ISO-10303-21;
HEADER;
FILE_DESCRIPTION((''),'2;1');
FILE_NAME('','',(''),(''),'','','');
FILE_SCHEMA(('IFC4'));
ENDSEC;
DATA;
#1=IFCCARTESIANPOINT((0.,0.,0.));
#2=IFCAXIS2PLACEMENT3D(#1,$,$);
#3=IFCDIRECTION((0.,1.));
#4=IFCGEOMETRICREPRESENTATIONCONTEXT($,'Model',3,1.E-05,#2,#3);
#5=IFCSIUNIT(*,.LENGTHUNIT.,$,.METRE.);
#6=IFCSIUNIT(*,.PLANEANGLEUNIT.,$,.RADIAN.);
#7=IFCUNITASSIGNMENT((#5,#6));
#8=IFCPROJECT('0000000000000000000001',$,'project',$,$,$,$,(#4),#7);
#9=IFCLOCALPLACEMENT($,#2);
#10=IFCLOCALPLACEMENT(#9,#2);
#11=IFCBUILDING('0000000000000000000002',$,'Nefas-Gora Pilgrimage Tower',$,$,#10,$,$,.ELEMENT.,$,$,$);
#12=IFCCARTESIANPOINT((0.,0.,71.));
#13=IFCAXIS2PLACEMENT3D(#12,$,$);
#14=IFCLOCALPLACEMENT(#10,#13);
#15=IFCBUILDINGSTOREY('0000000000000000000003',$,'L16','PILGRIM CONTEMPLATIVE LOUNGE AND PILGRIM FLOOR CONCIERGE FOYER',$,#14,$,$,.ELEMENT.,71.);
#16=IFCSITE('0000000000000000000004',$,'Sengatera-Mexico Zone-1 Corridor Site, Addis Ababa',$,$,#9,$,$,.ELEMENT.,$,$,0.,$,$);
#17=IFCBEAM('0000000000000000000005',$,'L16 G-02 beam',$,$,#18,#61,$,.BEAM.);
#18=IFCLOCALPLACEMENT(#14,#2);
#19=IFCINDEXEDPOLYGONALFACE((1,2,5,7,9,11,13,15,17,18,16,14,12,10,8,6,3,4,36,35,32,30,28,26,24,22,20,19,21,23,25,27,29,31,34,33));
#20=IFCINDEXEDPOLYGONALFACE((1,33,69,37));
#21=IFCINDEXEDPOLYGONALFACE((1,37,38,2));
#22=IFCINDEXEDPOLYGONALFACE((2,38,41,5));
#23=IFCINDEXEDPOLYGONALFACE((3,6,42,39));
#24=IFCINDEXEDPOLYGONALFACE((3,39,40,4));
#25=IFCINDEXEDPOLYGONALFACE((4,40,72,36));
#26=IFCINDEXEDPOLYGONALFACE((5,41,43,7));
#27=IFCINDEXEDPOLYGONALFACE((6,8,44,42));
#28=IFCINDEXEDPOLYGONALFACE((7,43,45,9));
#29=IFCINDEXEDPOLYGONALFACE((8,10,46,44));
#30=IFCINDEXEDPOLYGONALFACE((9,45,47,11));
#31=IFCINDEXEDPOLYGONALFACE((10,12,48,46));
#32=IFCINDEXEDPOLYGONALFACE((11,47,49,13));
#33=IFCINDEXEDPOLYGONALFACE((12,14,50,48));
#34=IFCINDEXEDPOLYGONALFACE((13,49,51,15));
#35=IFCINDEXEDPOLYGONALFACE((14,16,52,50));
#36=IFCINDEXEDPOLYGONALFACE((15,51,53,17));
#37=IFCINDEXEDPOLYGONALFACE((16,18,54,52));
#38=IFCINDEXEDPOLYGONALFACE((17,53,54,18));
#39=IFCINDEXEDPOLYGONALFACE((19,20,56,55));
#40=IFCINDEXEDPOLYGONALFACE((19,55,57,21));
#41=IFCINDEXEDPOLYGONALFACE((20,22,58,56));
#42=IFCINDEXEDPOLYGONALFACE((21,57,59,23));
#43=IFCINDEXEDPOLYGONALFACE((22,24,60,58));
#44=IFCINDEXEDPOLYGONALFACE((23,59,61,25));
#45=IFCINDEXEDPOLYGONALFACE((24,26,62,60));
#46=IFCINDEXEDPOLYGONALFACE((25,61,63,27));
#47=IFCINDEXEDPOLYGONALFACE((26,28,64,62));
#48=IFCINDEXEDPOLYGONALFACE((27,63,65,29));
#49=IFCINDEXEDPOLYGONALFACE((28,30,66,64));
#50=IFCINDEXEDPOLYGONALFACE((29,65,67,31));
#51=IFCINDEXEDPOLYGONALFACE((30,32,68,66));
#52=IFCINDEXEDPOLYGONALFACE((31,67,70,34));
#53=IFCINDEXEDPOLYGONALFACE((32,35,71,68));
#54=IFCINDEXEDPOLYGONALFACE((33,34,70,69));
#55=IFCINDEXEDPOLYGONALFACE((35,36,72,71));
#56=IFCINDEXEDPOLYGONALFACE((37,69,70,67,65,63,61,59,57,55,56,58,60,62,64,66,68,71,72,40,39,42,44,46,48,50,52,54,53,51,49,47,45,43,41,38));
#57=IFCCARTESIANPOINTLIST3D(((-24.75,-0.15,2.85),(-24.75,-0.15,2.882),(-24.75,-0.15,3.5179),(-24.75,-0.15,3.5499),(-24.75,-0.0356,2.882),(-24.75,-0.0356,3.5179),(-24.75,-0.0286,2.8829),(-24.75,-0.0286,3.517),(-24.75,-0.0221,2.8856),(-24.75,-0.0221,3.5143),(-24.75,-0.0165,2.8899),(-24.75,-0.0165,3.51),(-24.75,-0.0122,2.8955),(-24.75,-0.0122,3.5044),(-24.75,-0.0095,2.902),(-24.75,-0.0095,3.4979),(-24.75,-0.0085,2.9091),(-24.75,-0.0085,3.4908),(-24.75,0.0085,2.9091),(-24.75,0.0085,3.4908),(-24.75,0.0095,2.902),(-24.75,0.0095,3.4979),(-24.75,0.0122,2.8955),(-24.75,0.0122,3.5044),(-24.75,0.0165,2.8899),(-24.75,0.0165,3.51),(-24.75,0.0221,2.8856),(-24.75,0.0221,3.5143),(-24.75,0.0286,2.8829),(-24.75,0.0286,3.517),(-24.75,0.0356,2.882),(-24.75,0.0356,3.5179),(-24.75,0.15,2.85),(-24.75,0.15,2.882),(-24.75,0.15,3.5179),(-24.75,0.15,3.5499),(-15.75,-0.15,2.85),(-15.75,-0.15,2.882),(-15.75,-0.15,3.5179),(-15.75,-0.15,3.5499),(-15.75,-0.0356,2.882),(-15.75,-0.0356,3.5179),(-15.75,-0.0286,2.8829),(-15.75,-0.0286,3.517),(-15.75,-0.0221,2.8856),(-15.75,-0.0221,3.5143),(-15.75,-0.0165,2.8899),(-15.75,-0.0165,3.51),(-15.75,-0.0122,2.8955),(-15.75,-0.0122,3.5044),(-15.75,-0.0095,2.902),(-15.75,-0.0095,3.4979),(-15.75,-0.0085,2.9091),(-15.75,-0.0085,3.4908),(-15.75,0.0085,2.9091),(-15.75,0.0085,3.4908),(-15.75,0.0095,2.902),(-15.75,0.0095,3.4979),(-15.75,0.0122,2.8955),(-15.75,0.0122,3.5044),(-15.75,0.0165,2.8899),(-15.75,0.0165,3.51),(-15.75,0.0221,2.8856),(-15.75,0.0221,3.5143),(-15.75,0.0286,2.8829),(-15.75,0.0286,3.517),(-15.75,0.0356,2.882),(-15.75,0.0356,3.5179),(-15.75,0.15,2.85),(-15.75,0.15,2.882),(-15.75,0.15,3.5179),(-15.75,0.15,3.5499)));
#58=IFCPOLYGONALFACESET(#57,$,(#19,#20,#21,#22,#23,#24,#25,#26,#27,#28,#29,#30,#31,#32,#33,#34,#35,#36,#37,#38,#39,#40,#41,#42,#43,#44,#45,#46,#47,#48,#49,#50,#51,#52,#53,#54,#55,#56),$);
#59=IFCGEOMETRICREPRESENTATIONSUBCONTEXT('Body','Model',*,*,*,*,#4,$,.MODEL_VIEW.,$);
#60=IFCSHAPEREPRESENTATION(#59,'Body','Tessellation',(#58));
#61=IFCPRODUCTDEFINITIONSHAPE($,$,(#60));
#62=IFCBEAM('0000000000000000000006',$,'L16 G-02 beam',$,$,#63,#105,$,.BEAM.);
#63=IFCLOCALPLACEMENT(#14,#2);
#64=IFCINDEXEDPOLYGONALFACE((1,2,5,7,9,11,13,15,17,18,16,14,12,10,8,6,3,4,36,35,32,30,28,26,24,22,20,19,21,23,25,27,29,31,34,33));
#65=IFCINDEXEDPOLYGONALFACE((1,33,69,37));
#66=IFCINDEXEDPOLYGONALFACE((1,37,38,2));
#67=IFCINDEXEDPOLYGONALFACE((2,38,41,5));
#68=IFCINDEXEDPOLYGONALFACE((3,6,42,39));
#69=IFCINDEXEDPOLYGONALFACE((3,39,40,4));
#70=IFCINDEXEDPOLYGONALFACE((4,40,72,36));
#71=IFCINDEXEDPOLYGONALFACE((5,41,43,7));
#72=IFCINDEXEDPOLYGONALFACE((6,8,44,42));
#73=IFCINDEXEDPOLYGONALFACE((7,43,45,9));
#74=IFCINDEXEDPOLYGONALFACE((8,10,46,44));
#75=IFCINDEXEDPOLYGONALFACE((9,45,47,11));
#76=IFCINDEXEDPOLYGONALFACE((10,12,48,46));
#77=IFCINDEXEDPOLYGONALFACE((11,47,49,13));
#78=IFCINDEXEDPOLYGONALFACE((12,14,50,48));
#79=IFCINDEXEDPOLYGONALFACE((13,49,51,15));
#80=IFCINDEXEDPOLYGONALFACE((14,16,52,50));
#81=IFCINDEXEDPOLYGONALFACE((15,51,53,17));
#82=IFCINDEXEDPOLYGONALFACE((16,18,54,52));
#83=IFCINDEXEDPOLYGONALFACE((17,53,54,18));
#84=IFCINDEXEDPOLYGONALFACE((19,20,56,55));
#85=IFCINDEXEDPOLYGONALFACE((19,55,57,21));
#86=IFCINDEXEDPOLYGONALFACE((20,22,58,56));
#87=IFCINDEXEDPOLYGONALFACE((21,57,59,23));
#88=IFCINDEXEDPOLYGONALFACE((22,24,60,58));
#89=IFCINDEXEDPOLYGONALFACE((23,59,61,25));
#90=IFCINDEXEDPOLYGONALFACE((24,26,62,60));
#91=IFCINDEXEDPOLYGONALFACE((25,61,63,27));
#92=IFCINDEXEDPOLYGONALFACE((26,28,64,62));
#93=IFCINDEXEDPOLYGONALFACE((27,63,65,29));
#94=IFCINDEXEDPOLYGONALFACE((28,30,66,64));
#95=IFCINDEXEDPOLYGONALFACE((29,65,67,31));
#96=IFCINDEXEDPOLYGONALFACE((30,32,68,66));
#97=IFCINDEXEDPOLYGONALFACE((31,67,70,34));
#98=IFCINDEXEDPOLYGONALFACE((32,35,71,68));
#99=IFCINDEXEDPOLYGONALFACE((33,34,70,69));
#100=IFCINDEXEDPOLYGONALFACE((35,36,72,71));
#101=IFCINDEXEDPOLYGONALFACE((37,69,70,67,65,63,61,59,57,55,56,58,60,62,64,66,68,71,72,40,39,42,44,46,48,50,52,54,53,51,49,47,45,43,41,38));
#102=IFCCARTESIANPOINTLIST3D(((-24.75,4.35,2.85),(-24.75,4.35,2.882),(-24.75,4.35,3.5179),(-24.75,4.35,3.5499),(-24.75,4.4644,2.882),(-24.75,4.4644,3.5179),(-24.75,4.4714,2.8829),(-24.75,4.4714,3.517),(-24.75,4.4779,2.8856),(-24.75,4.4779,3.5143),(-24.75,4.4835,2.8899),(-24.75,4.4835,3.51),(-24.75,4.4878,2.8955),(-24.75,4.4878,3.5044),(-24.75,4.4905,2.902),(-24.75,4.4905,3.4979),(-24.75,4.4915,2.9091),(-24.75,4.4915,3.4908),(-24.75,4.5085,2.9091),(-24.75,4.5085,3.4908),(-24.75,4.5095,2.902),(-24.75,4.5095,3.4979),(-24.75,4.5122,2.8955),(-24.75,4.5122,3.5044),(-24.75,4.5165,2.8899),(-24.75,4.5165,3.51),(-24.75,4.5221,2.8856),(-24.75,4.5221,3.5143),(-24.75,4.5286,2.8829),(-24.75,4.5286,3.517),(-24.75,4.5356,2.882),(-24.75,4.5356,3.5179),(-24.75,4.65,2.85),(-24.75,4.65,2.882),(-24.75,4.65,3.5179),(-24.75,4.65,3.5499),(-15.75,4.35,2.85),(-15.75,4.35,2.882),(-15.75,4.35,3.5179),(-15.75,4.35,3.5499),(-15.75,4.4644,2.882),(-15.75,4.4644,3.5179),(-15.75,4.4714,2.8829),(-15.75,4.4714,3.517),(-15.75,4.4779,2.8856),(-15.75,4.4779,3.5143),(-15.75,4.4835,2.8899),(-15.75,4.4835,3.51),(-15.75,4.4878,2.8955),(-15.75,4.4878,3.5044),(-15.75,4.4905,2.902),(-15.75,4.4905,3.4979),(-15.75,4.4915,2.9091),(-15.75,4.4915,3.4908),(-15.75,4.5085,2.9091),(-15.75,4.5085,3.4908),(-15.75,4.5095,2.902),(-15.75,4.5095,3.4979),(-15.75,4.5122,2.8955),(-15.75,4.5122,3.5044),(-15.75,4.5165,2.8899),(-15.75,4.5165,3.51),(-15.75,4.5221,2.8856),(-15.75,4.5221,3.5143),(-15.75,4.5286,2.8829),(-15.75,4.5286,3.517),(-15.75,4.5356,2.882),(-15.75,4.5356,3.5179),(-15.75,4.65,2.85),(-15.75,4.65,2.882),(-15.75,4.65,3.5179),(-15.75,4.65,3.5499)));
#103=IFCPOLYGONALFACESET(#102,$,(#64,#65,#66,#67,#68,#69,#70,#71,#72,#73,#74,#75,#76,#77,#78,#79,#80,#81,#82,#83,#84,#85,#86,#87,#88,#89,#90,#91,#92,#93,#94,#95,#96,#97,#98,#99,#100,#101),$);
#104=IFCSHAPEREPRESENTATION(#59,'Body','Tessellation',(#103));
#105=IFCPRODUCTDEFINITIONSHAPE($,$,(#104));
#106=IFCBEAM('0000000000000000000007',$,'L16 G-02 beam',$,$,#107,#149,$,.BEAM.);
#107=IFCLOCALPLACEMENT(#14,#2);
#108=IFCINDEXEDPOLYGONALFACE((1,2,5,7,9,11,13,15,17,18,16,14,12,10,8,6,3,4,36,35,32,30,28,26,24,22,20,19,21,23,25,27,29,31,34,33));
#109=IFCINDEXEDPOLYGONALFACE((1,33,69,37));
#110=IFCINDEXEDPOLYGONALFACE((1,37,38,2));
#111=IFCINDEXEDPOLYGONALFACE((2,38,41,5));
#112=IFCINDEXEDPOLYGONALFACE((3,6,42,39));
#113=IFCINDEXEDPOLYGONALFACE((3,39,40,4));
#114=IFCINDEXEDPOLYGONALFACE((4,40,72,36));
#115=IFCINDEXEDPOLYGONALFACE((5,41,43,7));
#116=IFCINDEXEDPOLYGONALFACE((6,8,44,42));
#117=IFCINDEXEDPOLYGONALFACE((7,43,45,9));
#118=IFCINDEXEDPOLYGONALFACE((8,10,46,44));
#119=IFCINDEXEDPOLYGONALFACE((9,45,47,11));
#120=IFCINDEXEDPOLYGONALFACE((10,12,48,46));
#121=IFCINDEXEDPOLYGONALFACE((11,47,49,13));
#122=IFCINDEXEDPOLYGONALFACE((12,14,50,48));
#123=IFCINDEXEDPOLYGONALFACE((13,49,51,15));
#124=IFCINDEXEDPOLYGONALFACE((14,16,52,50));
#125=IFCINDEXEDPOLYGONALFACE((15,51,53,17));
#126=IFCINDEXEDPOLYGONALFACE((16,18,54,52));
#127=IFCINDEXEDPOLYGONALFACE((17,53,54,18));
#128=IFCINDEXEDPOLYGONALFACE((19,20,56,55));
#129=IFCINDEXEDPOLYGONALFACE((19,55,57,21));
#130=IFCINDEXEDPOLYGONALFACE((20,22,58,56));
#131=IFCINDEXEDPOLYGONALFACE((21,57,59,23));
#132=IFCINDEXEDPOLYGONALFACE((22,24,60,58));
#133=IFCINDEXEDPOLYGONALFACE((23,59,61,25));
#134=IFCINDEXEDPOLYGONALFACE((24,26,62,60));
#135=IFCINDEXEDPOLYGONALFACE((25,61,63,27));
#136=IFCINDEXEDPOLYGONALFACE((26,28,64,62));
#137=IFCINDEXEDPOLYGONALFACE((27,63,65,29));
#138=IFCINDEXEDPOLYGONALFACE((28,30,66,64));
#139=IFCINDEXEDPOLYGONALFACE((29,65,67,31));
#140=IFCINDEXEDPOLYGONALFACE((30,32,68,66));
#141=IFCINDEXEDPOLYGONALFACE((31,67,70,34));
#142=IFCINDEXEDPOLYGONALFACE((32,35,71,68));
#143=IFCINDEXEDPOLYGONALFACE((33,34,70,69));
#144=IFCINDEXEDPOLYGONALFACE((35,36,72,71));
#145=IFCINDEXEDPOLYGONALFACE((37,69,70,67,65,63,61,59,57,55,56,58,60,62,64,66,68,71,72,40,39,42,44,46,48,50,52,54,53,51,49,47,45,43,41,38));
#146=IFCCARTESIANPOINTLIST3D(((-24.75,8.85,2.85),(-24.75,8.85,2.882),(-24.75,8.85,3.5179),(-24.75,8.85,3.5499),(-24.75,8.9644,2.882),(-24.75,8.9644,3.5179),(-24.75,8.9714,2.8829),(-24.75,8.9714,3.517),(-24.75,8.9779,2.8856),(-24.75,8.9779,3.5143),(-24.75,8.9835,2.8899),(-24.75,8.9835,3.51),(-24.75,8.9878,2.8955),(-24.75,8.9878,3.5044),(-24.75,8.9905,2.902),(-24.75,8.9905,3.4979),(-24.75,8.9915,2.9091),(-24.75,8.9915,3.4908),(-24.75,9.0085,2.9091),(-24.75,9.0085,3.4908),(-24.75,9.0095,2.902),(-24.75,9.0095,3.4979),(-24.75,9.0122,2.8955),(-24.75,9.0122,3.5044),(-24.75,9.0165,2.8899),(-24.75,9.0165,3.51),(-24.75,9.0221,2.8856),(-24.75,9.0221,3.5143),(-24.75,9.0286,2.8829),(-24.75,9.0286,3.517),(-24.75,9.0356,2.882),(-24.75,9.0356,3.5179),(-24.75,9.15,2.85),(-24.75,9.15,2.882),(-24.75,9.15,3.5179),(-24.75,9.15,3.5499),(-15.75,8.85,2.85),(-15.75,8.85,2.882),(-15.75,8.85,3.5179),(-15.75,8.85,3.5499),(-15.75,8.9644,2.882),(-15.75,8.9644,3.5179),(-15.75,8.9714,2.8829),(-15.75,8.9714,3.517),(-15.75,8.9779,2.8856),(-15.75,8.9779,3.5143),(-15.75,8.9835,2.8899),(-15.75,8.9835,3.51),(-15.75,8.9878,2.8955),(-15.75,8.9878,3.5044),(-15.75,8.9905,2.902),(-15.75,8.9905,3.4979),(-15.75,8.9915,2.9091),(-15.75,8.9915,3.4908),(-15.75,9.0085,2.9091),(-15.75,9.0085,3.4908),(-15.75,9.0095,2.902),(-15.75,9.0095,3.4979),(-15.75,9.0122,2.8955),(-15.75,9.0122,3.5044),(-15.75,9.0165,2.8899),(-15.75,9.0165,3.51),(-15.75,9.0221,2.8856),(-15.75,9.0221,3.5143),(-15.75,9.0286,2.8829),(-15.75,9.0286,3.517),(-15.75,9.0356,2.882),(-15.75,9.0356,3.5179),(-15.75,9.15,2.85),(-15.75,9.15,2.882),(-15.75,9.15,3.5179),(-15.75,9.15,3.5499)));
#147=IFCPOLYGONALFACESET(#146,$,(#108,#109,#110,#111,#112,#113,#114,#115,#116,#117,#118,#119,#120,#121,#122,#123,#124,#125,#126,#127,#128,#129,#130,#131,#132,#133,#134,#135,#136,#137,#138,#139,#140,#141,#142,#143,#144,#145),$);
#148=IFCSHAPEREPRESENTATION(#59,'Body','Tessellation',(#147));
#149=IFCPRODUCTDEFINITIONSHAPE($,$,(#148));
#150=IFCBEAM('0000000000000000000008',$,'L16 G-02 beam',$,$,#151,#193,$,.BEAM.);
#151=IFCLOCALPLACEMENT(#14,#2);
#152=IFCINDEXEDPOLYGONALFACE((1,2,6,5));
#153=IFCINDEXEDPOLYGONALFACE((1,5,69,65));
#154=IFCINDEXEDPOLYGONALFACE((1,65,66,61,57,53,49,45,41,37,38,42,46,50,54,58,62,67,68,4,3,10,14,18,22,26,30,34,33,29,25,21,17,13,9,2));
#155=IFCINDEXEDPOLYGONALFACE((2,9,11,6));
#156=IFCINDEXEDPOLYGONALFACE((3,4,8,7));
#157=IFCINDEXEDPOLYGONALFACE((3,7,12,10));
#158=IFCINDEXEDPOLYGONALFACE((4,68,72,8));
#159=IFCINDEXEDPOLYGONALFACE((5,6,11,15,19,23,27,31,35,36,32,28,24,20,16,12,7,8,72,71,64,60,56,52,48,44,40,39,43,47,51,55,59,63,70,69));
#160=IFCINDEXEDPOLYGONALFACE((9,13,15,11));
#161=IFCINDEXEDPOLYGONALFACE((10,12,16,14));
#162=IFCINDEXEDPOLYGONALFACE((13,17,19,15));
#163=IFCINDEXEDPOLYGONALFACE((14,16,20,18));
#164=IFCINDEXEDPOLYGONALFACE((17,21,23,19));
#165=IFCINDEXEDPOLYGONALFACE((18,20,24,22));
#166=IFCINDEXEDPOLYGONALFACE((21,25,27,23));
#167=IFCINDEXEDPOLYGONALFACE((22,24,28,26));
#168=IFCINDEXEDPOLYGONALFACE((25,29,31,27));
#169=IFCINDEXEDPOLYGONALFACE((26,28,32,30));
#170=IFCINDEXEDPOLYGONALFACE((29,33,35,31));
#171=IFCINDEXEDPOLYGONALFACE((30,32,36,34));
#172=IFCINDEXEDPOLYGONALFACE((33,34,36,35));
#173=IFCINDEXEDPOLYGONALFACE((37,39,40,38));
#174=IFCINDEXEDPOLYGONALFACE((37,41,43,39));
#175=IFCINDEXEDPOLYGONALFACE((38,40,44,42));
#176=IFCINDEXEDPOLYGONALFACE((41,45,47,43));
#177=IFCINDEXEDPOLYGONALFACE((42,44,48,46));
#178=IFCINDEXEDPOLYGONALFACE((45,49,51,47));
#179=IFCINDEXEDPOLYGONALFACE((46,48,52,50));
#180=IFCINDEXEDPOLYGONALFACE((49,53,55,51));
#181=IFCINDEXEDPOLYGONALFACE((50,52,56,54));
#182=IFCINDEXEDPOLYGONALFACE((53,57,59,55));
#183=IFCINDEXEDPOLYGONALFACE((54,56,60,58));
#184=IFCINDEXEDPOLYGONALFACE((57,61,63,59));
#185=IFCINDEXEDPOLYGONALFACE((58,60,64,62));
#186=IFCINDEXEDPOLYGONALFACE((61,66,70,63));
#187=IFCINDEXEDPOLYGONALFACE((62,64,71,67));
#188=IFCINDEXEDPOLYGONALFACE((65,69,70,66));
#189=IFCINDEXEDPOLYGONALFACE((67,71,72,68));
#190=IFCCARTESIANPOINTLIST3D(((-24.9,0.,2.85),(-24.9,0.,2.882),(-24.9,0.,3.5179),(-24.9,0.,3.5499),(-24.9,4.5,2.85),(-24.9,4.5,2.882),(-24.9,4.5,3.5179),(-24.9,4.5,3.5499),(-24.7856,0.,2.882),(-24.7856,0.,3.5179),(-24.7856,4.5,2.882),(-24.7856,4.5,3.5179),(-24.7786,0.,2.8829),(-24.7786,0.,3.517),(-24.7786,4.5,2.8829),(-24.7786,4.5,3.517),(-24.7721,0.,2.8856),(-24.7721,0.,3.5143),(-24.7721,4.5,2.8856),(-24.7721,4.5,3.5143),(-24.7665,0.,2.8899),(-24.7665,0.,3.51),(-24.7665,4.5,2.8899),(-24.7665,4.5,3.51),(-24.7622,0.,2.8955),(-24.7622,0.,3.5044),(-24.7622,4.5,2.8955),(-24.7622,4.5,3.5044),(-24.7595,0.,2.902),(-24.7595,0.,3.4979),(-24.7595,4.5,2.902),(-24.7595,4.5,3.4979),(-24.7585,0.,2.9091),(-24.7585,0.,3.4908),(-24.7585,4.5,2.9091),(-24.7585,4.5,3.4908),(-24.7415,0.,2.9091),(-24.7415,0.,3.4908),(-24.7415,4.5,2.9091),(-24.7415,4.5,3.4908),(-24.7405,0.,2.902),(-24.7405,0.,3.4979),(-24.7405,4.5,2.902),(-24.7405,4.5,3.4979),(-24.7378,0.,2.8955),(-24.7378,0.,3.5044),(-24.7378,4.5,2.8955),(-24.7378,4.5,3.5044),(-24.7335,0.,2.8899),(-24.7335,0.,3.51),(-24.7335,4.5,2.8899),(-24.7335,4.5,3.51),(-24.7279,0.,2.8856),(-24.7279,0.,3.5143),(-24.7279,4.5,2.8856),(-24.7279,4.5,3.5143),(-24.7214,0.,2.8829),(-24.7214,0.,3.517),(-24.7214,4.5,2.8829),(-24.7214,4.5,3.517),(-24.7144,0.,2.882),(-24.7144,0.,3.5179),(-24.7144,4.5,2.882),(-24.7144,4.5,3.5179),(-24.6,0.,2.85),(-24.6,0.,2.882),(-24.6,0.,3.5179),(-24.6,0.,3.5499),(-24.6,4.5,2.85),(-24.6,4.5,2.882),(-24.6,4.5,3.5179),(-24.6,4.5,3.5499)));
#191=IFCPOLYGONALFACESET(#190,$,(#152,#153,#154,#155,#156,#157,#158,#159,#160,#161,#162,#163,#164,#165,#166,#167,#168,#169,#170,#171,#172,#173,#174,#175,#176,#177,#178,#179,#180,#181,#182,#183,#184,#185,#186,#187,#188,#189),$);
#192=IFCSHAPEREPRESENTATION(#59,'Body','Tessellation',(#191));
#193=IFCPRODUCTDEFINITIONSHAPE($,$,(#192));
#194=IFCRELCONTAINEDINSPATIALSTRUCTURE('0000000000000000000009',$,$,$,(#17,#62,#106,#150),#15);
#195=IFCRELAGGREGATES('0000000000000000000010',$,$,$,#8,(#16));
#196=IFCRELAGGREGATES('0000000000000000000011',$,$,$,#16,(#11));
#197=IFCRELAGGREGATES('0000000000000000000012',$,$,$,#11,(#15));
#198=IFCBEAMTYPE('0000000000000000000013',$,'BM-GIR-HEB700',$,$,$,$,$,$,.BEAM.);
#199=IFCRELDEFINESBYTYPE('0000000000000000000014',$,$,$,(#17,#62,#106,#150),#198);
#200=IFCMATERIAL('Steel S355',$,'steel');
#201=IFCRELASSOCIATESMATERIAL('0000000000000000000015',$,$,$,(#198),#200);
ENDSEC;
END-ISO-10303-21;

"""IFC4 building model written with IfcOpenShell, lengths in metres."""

from ifc_helpers import new_model, si_unit, direction, frame, origin, origin_2d, place, context, subcontext, project, spatial, i_section, extrude, source, transform, mapped, material, material_profile, profile_set, type_object, element, save


model = new_model("IFC4")

# Units and contexts
model_context = context("Model", 3, precision=1e-05, world=origin(), true_north=direction((0.0, 1.0)))
body_context = subcontext(model_context, "Body", "Model", "MODEL_VIEW")
ifc_project = project(units=[si_unit("LENGTHUNIT", "METRE"), si_unit("PLANEANGLEUNIT", "RADIAN")], contexts=[model_context])

# Site, building, storey
site_placement = place(None, origin())
site = spatial("IfcSite", under=ifc_project, at=site_placement, Name="Sengatera-Mexico Zone-1 Corridor Site, Addis Ababa", CompositionType="ELEMENT", RefElevation=0.0)
building_placement = place(site_placement, origin())
building = spatial("IfcBuilding", under=site, at=building_placement, Name="Nefas-Gora Pilgrimage Tower", CompositionType="ELEMENT")
storey_placement = place(building_placement, frame((0.0, 0.0, 71.0)))
storey = spatial("IfcBuildingStorey", under=building, at=storey_placement, Name="L16", Description="PILGRIM CONTEMPLATIVE LOUNGE AND PILGRIM FLOOR CONCIERGE FOYER", CompositionType="ELEMENT", Elevation=71.0)

# Beams
ifc_material_1 = material(Name="Steel S355", Category="steel")
ifc_material_profile_1 = material_profile(ifc_material_1, i_section(OverallWidth=0.3, OverallDepth=0.7, WebThickness=0.0171, FlangeThickness=0.032, FilletRadius=0.0271, at=origin_2d()), Name="HEB 700")
ifc_profile_set_1 = profile_set([ifc_material_profile_1], Name="Steel S355")
beam_type_1 = type_object("IfcBeamType", Name="BM-GIR-HEB700", PredefinedType="BEAM", material=ifc_profile_set_1)
shared_shape_1 = source(origin(), body_context, "Body", "SweptSolid", [
    extrude(i_section(OverallWidth=0.3, OverallDepth=0.7, WebThickness=0.0171, FlangeThickness=0.032, FilletRadius=0.0271, at=origin_2d()), origin(), (0.0, 0.0, 1.0), 9.0),
])
for number, where, z_axis, x_axis, name in (
    (1, (-24.75, 0.0, 3.2), (1.0, 0.0, 0.0), (0.0, 1.0, 0.0), "L16 G-02 beam"),
    (2, (-24.75, 4.5, 3.2), (1.0, 0.0, 0.0), (0.0, 1.0, 0.0), "L16 G-02 beam"),
    (3, (-24.75, 9.0, 3.2), (1.0, 0.0, 0.0), (0.0, 1.0, 0.0), "L16 G-02 beam"),
):
    element("IfcBeam", number, at=place(storey_placement, frame(where, z_axis=z_axis, x_axis=x_axis)), inside=storey, type_object=beam_type_1, Name=name, PredefinedType="BEAM", context=body_context, shape_type="MappedRepresentation", body=[
        mapped(shared_shape_1, transform((0.0, 0.0, 0.0), x_axis=(1.0, 0.0, 0.0), y_axis=(0.0, 1.0, 0.0), z_axis=(0.0, 0.0, 1.0), scale=1.0)),
    ])
shared_shape_2 = source(origin(), body_context, "Body", "SweptSolid", [
    extrude(i_section(OverallWidth=0.3, OverallDepth=0.7, WebThickness=0.0171, FlangeThickness=0.032, FilletRadius=0.0271, at=origin_2d()), origin(), (0.0, 0.0, 1.0), 4.5),
])
for number, where, z_axis, x_axis, name in (
    (4, (-24.75, 0.0, 3.2), (0.0, 1.0, 0.0), (-1.0, 0.0, 0.0), "L16 G-02 beam"),
):
    element("IfcBeam", number, at=place(storey_placement, frame(where, z_axis=z_axis, x_axis=x_axis)), inside=storey, type_object=beam_type_1, Name=name, PredefinedType="BEAM", context=body_context, shape_type="MappedRepresentation", body=[
        mapped(shared_shape_2, transform((0.0, 0.0, 0.0), x_axis=(1.0, 0.0, 0.0), y_axis=(0.0, 1.0, 0.0), z_axis=(0.0, 0.0, 1.0), scale=1.0)),
    ])

save(model, "model.ifc")
